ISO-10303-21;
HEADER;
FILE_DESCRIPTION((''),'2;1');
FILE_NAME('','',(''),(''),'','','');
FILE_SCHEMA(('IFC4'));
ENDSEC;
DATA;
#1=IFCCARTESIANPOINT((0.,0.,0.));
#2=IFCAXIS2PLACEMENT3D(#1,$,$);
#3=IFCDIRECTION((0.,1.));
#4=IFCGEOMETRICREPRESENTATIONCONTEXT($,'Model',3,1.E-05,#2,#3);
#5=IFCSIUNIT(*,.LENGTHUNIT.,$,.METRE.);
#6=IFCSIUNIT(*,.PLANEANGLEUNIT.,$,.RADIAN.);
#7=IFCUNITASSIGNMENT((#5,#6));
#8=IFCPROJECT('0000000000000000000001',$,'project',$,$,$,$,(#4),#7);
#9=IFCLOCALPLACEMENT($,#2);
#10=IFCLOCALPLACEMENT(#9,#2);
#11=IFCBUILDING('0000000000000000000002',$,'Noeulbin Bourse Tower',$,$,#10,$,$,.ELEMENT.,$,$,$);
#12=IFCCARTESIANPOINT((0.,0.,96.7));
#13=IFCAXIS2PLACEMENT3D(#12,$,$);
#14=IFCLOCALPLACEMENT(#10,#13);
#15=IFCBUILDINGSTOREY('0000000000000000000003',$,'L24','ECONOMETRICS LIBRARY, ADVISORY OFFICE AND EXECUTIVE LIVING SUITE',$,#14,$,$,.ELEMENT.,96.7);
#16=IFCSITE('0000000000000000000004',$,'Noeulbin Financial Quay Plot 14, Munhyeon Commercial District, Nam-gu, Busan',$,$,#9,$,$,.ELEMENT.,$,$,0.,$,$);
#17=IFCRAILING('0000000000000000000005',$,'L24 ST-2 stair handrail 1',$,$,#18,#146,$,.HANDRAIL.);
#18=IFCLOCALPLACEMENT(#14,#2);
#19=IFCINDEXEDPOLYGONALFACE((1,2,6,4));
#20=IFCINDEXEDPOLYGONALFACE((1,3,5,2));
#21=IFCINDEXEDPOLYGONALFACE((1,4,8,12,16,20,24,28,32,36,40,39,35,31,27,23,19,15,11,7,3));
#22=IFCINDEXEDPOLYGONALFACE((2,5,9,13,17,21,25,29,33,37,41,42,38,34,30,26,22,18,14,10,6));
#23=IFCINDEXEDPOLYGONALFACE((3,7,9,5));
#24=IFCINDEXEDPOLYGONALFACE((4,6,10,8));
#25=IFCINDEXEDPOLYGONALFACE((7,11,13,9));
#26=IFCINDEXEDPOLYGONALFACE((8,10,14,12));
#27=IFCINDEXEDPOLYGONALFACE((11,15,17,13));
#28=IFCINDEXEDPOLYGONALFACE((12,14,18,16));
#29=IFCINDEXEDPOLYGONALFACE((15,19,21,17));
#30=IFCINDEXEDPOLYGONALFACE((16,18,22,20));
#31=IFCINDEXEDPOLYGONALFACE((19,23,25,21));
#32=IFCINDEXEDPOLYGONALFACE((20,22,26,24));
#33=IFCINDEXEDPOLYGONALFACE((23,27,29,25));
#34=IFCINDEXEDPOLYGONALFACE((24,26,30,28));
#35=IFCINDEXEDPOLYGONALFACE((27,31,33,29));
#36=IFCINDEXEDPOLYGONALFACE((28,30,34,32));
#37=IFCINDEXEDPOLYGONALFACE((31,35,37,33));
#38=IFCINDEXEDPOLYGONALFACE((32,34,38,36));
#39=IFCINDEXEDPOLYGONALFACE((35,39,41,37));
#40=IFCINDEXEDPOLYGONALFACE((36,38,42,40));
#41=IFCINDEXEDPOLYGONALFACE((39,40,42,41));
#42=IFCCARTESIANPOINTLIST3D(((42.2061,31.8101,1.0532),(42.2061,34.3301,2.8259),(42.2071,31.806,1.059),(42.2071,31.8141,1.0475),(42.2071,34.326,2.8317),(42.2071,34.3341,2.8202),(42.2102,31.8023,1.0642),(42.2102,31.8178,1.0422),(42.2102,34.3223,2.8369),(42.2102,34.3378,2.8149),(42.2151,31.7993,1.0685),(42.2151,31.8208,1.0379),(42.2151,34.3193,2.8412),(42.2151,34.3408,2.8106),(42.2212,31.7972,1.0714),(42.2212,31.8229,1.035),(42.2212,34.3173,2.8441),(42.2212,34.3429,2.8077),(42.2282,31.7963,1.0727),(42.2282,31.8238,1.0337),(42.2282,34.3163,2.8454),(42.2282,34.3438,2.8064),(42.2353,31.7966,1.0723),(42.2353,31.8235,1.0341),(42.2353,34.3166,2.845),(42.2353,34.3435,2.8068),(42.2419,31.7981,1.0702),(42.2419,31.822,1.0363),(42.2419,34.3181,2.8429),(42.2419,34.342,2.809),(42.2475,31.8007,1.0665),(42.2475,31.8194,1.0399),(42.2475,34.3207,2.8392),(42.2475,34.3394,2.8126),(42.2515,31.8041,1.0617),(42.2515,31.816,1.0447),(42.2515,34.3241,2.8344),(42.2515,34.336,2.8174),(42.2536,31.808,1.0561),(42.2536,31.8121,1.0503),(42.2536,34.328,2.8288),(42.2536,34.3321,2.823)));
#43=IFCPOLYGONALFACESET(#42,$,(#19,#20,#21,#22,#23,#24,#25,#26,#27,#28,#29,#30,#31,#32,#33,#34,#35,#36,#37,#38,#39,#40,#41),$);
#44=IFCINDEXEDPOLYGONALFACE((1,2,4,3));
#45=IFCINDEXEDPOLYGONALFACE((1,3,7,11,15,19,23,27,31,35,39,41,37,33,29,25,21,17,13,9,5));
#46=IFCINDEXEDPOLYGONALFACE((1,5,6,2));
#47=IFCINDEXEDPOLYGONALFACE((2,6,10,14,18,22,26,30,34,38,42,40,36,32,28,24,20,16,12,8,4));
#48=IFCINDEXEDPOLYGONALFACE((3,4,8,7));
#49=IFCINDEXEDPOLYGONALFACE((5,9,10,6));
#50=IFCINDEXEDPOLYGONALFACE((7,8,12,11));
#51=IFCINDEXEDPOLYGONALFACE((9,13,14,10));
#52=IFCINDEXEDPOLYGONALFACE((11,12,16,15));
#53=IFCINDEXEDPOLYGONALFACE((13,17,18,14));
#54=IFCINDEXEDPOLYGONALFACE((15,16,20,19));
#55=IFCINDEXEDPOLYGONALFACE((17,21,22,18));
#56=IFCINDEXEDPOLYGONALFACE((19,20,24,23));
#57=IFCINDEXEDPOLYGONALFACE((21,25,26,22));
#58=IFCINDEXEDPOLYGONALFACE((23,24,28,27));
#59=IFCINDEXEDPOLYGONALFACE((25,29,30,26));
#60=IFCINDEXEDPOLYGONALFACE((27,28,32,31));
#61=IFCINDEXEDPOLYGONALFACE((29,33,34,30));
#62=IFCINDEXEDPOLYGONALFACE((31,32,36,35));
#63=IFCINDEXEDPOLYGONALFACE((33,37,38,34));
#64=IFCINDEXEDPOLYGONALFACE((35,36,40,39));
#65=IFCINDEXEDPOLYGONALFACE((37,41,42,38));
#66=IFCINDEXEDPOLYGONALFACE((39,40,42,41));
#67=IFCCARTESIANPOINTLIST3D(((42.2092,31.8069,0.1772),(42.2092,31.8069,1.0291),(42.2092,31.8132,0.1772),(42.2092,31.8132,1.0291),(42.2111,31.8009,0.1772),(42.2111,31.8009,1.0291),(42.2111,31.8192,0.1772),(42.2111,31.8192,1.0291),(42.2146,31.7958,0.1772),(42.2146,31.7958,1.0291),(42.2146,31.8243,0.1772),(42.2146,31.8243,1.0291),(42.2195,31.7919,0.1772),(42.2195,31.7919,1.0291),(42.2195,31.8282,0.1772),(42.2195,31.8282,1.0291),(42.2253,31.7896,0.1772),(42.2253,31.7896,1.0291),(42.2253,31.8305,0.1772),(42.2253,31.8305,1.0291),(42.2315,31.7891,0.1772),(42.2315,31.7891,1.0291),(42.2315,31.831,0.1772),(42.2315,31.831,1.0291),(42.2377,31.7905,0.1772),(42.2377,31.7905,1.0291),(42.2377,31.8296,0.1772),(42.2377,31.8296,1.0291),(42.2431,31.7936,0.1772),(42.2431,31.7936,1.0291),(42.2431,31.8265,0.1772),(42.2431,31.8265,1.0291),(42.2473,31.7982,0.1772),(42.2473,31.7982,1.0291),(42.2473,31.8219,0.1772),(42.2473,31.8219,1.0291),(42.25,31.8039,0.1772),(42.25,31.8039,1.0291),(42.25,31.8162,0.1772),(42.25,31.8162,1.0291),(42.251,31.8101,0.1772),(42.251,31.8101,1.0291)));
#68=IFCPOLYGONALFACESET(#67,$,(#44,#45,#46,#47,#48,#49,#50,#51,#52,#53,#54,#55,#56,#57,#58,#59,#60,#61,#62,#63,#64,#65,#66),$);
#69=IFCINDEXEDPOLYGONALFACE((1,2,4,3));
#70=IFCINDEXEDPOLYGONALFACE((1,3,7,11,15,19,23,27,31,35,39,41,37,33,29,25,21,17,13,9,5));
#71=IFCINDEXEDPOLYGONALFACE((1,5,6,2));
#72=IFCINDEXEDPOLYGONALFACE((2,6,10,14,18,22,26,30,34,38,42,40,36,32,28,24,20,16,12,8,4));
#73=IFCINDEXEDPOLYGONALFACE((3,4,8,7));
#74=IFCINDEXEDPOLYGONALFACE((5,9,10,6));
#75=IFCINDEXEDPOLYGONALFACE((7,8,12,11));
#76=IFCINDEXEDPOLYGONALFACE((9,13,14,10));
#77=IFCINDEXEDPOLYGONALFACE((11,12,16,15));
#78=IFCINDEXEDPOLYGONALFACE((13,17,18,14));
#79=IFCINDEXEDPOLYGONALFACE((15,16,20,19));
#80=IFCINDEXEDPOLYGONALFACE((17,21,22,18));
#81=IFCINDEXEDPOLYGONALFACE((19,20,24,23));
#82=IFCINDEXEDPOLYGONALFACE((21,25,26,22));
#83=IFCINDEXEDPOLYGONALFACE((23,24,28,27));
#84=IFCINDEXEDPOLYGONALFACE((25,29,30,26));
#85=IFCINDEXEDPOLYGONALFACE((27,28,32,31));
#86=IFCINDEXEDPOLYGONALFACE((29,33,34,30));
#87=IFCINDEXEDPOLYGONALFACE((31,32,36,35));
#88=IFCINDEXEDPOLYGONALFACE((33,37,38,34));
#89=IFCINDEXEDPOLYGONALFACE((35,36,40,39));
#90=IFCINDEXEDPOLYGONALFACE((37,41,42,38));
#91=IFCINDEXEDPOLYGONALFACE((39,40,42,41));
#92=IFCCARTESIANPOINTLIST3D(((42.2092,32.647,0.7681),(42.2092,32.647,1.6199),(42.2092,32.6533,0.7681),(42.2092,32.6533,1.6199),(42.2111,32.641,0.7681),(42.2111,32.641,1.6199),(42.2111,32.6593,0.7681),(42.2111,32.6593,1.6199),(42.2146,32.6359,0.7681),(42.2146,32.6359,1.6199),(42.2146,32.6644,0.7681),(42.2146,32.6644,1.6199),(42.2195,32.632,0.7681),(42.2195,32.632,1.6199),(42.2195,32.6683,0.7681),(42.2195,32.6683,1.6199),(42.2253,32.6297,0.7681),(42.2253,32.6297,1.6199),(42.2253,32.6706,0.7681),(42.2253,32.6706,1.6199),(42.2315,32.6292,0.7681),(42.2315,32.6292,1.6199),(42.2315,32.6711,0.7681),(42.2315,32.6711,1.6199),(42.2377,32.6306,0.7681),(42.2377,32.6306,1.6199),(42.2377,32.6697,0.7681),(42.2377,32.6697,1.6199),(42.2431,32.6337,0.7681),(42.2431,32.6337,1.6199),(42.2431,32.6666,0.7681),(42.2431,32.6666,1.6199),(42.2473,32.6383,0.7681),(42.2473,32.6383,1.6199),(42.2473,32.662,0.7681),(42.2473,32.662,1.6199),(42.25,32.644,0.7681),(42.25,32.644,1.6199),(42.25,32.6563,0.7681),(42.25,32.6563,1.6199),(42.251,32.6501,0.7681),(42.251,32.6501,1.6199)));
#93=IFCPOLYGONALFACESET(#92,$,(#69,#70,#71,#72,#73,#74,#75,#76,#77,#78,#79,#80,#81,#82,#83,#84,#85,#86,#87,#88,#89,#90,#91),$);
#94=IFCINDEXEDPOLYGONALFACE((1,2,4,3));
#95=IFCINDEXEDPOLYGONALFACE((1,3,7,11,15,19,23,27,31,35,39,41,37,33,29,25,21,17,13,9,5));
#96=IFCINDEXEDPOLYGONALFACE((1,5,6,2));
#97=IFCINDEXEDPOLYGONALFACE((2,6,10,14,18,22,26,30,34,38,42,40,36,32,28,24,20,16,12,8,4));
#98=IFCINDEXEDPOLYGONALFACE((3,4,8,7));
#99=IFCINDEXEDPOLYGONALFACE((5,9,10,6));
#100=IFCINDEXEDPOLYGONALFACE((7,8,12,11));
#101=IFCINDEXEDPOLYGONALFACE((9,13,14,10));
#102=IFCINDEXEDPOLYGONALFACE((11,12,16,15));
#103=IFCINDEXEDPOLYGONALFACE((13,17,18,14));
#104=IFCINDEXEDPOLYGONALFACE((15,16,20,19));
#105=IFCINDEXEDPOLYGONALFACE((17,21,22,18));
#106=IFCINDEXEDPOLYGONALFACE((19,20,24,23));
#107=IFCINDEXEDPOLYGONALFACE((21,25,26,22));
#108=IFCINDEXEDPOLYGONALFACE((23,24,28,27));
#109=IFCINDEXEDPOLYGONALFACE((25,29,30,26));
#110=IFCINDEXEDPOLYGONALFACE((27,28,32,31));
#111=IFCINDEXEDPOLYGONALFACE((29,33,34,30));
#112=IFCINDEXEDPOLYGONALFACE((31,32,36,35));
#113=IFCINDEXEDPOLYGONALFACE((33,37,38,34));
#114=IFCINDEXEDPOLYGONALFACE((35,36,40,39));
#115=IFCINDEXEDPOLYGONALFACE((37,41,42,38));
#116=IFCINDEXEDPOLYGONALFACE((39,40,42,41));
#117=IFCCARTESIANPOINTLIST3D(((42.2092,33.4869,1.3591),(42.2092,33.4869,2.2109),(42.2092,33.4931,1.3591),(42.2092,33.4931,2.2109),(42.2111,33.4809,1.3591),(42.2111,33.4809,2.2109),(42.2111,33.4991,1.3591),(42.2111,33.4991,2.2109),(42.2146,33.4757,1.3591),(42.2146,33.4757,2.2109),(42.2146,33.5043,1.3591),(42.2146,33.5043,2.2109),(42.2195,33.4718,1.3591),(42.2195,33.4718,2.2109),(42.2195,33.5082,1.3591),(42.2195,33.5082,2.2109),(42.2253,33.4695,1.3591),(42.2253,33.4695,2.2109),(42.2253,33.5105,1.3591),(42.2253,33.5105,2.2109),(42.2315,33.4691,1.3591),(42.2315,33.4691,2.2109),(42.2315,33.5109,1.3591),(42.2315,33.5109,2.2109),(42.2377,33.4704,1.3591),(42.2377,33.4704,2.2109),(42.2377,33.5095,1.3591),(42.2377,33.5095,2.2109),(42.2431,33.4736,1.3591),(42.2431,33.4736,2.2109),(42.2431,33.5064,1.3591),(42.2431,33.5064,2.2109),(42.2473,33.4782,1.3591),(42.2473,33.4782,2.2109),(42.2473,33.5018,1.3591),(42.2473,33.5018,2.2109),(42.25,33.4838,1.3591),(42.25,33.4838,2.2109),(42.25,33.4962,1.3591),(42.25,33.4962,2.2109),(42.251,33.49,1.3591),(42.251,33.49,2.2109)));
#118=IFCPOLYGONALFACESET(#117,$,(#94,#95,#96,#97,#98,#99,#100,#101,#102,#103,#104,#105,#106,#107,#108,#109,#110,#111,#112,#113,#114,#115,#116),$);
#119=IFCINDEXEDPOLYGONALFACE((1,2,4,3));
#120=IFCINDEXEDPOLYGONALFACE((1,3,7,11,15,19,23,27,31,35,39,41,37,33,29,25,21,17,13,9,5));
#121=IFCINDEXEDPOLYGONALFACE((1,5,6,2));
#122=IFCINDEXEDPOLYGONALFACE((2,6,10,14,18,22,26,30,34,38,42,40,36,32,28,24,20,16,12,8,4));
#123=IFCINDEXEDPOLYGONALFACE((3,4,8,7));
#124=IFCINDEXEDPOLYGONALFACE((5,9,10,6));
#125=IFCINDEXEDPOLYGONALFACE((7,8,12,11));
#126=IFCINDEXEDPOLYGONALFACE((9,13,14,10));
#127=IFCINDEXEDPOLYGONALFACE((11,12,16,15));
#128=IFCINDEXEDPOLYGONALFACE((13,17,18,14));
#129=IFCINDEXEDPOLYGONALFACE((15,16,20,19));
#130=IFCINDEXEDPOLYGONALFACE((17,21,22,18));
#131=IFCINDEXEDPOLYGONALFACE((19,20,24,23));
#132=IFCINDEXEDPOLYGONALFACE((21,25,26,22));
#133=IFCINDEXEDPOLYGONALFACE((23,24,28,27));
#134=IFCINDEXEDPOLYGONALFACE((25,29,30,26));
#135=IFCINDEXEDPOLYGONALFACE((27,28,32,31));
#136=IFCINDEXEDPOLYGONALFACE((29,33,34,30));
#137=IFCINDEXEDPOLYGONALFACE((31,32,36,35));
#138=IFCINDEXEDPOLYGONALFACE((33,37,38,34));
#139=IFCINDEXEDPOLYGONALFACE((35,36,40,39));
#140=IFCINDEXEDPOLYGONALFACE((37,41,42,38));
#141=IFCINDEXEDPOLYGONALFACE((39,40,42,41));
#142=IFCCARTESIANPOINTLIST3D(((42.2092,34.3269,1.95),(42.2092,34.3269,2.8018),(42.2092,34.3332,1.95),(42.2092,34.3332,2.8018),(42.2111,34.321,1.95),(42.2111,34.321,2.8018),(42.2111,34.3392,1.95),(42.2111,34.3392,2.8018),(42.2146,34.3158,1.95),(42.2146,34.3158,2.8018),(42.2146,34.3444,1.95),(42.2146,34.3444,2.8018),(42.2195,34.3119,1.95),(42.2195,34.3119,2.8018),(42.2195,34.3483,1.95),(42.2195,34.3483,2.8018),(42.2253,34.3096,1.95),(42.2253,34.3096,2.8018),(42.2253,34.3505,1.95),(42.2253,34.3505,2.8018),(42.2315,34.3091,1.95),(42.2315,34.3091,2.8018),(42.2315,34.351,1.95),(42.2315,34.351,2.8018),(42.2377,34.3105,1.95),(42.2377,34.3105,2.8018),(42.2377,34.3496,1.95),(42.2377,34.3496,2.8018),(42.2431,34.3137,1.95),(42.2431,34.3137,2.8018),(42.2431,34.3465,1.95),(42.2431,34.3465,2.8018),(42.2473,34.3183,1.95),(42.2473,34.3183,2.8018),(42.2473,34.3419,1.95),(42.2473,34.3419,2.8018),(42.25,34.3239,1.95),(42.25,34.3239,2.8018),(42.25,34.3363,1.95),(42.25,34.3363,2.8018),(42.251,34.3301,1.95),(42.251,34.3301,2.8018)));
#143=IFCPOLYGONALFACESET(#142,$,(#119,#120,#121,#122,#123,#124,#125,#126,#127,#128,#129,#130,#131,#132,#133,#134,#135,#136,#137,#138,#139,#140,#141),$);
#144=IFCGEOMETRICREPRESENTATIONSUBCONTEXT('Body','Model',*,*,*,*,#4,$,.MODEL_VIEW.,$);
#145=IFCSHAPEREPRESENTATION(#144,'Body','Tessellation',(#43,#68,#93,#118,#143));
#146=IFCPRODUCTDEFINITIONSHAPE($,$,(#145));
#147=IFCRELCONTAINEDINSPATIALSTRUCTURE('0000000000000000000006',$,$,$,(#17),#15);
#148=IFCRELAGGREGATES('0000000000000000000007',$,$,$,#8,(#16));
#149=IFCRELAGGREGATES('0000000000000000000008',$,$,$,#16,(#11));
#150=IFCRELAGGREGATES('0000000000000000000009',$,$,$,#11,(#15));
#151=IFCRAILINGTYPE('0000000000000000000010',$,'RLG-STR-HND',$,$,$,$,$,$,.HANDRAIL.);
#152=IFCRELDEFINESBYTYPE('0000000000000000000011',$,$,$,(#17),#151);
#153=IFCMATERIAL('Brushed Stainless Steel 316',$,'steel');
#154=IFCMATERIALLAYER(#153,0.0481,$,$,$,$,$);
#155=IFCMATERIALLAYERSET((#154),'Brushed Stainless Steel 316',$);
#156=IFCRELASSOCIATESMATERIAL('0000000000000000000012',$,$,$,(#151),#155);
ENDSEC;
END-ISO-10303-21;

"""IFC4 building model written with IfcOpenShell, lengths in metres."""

from ifc_helpers import new_model, si_unit, direction, frame, origin, origin_2d, place, context, subcontext, project, spatial, circle, extrude, material, layer, layer_set, type_object, element, save


model = new_model("IFC4")

# Units and contexts
model_context = context("Model", 3, precision=1e-05, world=origin(), true_north=direction((0.0, 1.0)))
body_context = subcontext(model_context, "Body", "Model", "MODEL_VIEW")
ifc_project = project(units=[si_unit("LENGTHUNIT", "METRE"), si_unit("PLANEANGLEUNIT", "RADIAN")], contexts=[model_context])

# Site, building, storey
site_placement = place(None, origin())
site = spatial("IfcSite", under=ifc_project, at=site_placement, Name="Noeulbin Financial Quay Plot 14, Munhyeon Commercial District, Nam-gu, Busan", CompositionType="ELEMENT", RefElevation=0.0)
building_placement = place(site_placement, origin())
building = spatial("IfcBuilding", under=site, at=building_placement, Name="Noeulbin Bourse Tower", CompositionType="ELEMENT")
storey_placement = place(building_placement, frame((0.0, 0.0, 96.7)))
storey = spatial("IfcBuildingStorey", under=building, at=storey_placement, Name="L24", Description="ECONOMETRICS LIBRARY, ADVISORY OFFICE AND EXECUTIVE LIVING SUITE", CompositionType="ELEMENT", Elevation=96.7)

# Railing
ifc_material_1 = material(Name="Brushed Stainless Steel 316", Category="steel")
ifc_layer_1 = layer(ifc_material_1, 0.0481)
ifc_layer_set_1 = layer_set([ifc_layer_1], Name="Brushed Stainless Steel 316")
railing_type_1 = type_object("IfcRailingType", Name="RLG-STR-HND", PredefinedType="HANDRAIL", material=ifc_layer_set_1)
railing_1_placement = place(storey_placement, frame((42.23, 31.8101, 0.1772)))
element("IfcRailing", 1, at=railing_1_placement, inside=storey, type_object=railing_type_1, Name="L24 ST-2 stair handrail 1", PredefinedType="HANDRAIL", context=body_context, shape_type="SweptSolid", body=[
    extrude(circle(Radius=0.0239, at=origin_2d()), frame((0.0, 0.0, 0.876), z_axis=(0.0, 0.817904, 0.575354), x_axis=(-1.0, 0.0, 0.0)), (0.0, 0.0, 1.0), 3.0811),
    extrude(circle(Radius=0.021, at=origin_2d()), origin(), (0.0, 0.0, 1.0), 0.8518),
    extrude(circle(Radius=0.021, at=origin_2d()), frame((0.0, 0.8401, 0.5908)), (0.0, 0.0, 1.0), 0.8518),
    extrude(circle(Radius=0.021, at=origin_2d()), frame((0.0, 1.6799, 1.1819)), (0.0, 0.0, 1.0), 0.8518),
    extrude(circle(Radius=0.021, at=origin_2d()), frame((0.0, 2.52, 1.7727)), (0.0, 0.0, 1.0), 0.8518),
])

save(model, "model.ifc")
